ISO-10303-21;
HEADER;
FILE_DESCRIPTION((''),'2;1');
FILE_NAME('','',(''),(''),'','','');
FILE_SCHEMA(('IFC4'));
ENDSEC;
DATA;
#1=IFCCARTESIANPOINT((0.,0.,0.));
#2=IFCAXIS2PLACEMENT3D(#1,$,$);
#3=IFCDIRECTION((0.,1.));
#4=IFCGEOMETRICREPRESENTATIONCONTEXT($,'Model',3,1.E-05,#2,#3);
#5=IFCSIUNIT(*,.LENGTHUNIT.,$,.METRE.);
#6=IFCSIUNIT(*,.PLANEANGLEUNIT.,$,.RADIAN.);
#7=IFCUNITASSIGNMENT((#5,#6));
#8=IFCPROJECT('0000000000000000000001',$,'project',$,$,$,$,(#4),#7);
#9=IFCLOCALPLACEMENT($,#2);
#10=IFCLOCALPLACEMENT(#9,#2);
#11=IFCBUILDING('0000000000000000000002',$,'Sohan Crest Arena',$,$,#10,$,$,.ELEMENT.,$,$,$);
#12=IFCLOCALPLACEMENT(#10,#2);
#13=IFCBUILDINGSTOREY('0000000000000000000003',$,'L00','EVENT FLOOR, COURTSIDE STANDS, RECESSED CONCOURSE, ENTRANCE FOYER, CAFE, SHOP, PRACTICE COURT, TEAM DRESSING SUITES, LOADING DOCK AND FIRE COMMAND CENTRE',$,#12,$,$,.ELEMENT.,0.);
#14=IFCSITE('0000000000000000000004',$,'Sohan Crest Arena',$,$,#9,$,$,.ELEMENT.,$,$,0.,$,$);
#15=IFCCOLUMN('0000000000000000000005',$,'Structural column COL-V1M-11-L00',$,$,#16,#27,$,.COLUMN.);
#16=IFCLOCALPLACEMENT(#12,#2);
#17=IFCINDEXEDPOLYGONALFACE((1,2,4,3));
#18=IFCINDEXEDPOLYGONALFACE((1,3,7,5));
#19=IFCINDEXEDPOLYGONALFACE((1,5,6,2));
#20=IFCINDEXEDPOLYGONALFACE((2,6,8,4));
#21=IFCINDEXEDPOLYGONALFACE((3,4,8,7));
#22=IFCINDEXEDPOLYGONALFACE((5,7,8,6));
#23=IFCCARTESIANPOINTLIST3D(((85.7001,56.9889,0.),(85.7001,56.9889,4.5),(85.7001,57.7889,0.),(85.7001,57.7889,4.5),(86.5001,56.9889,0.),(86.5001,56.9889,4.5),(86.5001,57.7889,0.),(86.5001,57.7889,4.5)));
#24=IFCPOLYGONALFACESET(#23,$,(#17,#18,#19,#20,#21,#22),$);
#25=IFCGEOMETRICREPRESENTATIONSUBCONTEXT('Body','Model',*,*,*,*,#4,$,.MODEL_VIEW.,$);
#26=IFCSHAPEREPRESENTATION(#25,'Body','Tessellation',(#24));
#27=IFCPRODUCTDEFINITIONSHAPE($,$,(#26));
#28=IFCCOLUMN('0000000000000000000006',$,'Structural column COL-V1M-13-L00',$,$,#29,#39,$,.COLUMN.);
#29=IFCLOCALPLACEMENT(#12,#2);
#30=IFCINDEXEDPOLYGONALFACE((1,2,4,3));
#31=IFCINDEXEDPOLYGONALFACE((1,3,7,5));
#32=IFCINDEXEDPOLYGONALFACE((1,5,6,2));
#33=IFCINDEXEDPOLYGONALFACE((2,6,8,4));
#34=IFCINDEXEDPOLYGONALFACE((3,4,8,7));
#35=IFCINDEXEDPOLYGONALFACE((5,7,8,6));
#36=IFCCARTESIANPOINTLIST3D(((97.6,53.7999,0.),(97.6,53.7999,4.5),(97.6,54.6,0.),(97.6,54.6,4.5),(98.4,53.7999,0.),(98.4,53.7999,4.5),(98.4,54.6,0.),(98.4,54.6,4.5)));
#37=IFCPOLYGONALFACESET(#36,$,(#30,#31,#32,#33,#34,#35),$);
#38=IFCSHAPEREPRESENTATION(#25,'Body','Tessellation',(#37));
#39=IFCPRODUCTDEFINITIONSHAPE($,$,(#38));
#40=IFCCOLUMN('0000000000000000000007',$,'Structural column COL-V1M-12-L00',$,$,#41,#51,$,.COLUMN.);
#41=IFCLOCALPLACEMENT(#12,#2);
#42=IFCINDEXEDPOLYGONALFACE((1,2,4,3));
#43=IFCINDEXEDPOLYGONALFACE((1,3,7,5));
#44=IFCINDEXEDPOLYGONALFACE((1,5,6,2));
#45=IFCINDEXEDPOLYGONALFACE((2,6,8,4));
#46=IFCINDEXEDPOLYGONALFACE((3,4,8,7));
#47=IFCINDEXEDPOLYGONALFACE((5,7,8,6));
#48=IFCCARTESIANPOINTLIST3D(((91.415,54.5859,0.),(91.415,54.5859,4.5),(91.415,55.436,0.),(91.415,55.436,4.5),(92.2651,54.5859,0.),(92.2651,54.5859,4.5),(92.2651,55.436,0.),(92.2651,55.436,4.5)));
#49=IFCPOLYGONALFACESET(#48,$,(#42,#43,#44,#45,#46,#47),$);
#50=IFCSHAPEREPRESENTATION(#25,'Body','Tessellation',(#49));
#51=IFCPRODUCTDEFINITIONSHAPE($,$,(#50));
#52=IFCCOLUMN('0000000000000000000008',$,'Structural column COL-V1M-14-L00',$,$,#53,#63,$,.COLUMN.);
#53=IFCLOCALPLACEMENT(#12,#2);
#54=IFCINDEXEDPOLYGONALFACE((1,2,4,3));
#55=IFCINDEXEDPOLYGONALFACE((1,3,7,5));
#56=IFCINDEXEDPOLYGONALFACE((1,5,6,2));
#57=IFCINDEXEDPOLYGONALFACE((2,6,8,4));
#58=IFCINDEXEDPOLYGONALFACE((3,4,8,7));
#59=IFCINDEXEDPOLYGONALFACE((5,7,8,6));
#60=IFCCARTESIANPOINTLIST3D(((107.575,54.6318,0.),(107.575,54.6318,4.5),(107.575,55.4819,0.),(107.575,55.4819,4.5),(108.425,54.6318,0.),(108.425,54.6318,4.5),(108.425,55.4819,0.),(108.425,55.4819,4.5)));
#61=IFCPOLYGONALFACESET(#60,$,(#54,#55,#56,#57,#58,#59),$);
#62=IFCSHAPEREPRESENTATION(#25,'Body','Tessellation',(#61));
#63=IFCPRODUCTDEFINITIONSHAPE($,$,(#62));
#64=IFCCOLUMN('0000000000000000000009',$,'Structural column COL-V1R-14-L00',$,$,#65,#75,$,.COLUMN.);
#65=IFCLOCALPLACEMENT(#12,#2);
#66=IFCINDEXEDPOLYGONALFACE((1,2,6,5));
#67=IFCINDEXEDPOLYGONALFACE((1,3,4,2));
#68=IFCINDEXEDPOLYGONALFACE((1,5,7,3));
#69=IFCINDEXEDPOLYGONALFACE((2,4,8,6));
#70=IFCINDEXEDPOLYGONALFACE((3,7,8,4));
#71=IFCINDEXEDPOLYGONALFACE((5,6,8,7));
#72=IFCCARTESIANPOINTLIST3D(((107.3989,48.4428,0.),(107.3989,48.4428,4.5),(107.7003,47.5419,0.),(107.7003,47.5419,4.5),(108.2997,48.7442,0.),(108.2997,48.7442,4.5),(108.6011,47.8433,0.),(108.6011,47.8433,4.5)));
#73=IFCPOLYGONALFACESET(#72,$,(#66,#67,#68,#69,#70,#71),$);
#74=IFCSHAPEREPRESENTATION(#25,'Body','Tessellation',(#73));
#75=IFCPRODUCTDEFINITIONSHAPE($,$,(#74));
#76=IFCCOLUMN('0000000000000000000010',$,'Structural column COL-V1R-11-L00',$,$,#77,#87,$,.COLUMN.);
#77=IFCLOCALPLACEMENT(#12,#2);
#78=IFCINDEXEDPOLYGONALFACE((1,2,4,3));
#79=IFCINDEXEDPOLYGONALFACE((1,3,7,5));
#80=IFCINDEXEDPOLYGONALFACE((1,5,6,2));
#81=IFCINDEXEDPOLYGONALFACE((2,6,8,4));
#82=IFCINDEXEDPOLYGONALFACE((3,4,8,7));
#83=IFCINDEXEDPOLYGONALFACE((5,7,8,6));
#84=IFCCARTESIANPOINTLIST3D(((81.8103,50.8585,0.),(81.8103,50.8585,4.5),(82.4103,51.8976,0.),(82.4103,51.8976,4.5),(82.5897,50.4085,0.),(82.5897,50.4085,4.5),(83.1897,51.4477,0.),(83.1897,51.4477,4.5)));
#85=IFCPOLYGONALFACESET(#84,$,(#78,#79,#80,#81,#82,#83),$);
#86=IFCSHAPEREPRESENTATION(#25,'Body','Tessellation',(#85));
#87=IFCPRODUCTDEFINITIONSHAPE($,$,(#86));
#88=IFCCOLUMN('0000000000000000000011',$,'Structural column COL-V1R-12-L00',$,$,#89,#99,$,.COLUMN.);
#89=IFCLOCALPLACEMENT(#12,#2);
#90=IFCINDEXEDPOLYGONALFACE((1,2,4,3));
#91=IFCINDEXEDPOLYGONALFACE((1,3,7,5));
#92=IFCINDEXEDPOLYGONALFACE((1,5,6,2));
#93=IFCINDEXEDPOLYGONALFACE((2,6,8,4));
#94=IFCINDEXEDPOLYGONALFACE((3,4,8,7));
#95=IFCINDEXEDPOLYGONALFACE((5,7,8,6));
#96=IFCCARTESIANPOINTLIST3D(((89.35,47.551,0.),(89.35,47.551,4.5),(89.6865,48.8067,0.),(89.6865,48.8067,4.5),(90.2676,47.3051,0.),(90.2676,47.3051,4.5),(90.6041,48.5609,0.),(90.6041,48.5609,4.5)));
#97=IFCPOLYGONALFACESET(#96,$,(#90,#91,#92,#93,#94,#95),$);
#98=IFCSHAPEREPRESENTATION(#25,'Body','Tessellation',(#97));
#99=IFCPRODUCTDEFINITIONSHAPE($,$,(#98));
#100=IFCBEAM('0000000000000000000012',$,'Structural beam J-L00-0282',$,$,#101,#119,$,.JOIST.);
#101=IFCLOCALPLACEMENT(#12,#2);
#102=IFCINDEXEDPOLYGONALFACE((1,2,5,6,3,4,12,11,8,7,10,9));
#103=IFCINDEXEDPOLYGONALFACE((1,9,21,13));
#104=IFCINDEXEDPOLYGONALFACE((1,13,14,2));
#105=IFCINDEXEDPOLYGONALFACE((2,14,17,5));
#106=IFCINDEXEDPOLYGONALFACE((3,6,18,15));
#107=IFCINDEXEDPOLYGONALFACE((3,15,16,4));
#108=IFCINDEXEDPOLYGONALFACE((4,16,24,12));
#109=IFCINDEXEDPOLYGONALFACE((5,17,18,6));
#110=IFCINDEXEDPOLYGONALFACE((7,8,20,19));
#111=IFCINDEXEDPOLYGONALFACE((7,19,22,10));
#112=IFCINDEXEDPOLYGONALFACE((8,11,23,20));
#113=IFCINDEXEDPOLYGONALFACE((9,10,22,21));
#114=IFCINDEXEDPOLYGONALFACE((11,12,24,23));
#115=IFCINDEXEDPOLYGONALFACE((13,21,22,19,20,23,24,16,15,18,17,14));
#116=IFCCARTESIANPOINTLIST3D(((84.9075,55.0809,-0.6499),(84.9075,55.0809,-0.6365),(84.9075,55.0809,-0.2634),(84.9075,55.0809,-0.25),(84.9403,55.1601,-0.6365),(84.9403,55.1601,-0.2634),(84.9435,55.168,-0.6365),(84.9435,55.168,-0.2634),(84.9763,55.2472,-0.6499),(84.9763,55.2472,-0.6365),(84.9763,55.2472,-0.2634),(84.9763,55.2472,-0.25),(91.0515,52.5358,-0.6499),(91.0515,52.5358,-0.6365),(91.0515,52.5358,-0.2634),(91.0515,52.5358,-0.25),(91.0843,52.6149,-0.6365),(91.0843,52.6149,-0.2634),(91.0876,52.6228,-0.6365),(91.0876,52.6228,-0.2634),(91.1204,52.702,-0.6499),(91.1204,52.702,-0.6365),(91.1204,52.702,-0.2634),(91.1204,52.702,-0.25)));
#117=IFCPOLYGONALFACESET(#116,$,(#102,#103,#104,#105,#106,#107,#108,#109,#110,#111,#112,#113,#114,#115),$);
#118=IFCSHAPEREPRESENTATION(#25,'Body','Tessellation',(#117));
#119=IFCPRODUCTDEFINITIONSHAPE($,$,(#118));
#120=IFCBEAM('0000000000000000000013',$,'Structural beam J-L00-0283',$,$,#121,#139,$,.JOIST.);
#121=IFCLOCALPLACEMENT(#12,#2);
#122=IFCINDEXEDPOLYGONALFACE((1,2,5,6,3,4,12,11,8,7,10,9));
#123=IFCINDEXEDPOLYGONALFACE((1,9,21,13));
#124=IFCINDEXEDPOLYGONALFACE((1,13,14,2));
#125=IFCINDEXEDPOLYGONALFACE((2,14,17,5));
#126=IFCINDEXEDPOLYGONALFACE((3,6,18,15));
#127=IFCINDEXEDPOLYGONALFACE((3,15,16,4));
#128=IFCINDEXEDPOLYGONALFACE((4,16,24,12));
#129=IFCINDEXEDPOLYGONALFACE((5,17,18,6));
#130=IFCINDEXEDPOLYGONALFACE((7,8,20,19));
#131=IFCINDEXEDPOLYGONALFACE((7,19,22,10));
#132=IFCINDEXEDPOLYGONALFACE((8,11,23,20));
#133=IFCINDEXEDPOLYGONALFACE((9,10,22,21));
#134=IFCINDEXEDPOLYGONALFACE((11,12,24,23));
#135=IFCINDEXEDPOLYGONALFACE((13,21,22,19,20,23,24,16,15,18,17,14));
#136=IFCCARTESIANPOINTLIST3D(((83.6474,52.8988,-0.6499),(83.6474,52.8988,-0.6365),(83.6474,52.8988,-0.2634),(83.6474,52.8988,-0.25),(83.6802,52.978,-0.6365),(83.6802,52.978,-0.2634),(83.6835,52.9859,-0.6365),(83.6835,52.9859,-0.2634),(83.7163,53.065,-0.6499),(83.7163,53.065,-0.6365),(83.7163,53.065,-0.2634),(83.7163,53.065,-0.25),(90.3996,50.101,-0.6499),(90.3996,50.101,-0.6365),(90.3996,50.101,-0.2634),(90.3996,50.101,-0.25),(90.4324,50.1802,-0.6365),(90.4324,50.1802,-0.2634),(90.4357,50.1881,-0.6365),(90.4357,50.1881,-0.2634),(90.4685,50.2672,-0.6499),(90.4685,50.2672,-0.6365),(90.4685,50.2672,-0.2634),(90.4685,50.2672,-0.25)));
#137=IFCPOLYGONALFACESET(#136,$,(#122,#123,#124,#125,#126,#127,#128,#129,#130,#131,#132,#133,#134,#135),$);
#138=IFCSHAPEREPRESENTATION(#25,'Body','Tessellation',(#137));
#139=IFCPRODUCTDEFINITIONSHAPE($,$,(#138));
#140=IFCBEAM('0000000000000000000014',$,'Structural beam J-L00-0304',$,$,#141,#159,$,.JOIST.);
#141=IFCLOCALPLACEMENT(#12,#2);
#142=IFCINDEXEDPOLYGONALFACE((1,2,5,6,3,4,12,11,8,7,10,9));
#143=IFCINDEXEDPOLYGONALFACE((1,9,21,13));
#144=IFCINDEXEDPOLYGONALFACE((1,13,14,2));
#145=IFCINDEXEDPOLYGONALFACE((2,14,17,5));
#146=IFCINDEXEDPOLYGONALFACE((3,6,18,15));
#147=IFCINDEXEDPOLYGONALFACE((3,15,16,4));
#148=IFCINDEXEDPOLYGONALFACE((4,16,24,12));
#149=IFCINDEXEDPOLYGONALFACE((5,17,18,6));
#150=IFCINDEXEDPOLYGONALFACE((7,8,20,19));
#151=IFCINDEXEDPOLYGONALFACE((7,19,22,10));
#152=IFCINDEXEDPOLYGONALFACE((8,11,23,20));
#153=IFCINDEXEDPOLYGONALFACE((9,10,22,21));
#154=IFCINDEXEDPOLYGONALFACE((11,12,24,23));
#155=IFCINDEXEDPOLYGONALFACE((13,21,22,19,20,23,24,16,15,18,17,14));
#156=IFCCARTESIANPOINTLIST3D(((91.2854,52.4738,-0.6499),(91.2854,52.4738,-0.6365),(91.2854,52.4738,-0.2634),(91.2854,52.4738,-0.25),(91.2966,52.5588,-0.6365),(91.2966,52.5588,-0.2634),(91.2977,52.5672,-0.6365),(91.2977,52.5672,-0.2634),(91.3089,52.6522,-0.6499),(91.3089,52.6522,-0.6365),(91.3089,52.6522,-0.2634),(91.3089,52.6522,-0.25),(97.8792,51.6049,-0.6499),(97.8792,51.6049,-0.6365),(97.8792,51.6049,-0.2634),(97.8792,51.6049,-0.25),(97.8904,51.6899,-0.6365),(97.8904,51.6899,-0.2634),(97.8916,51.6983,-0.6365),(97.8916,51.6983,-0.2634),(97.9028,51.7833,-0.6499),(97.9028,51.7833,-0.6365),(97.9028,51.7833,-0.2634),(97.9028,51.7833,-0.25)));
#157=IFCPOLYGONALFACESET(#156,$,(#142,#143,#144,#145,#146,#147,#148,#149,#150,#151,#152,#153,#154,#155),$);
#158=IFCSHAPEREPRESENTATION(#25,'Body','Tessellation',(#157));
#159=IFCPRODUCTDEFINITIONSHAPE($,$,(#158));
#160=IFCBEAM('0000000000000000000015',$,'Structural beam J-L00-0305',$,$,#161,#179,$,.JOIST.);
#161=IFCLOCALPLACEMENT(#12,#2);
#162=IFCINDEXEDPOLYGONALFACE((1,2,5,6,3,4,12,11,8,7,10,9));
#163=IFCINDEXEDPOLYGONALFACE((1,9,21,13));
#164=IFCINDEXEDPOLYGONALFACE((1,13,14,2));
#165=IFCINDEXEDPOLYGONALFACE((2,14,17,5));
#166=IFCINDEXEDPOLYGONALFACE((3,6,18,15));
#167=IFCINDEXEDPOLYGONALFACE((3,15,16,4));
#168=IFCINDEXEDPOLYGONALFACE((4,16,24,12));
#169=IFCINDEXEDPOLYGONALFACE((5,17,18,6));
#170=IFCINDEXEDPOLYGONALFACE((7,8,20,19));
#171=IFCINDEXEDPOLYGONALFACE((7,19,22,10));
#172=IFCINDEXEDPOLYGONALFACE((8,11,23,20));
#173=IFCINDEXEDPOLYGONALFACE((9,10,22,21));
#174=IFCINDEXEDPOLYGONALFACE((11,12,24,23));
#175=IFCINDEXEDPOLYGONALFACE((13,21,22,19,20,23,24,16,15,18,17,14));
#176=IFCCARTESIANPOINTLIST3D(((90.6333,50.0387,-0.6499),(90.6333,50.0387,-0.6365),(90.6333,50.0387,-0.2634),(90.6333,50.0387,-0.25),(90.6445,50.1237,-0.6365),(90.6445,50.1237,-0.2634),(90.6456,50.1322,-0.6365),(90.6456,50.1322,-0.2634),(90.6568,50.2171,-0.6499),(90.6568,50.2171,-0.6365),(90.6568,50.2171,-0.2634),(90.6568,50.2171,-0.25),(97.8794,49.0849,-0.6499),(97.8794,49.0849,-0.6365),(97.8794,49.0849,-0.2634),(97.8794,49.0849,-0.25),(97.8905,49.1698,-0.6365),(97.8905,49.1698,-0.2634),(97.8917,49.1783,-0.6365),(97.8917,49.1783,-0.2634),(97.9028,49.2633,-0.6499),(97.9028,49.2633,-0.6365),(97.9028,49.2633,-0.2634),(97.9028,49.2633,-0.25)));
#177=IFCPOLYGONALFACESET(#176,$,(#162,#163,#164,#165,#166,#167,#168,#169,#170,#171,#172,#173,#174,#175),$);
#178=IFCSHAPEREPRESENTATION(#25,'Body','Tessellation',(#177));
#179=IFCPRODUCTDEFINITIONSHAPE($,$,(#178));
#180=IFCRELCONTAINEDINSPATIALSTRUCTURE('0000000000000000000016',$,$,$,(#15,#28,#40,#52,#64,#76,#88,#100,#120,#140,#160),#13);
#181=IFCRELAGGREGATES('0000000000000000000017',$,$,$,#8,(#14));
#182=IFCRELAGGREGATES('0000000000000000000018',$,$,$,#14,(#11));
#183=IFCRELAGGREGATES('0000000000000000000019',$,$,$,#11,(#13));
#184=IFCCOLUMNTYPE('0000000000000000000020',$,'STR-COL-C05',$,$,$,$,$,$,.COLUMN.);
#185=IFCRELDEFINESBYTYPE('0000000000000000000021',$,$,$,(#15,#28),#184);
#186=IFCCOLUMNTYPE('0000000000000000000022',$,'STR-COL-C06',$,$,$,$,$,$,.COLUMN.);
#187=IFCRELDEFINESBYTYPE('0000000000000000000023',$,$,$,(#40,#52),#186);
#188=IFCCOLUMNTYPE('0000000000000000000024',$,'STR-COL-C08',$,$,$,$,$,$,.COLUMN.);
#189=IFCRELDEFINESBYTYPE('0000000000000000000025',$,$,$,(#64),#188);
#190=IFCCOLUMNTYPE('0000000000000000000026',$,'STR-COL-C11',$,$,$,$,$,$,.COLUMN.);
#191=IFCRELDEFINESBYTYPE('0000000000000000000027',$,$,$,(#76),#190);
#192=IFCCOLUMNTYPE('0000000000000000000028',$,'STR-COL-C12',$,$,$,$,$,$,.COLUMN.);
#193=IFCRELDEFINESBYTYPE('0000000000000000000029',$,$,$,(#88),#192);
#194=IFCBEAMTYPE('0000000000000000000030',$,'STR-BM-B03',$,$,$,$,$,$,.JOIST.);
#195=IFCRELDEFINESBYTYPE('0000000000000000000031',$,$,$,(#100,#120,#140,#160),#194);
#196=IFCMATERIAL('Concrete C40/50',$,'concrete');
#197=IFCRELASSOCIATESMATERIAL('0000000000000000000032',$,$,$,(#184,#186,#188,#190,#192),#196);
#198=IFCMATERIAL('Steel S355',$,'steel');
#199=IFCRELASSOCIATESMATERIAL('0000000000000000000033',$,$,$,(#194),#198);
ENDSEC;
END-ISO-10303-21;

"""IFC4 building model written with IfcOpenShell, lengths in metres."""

from ifc_helpers import new_model, si_unit, direction, frame, origin, origin_2d, place, context, subcontext, project, spatial, rectangle, i_section, extrude, material, material_profile, profile_set, type_object, element, save


model = new_model("IFC4")

# Units and contexts
model_context = context("Model", 3, precision=1e-05, world=origin(), true_north=direction((0.0, 1.0)))
body_context = subcontext(model_context, "Body", "Model", "MODEL_VIEW")
ifc_project = project(units=[si_unit("LENGTHUNIT", "METRE"), si_unit("PLANEANGLEUNIT", "RADIAN")], contexts=[model_context])

# Site, building, storey
site_placement = place(None, origin())
site = spatial("IfcSite", under=ifc_project, at=site_placement, Name="Sohan Crest Arena", CompositionType="ELEMENT", RefElevation=0.0)
building_placement = place(site_placement, origin())
building = spatial("IfcBuilding", under=site, at=building_placement, Name="Sohan Crest Arena", CompositionType="ELEMENT")
storey_placement = place(building_placement, origin())
storey = spatial("IfcBuildingStorey", under=building, at=storey_placement, Name="L00", Description="EVENT FLOOR, COURTSIDE STANDS, RECESSED CONCOURSE, ENTRANCE FOYER, CAFE, SHOP, PRACTICE COURT, TEAM DRESSING SUITES, LOADING DOCK AND FIRE COMMAND CENTRE", CompositionType="ELEMENT", Elevation=0.0)

# Columns
ifc_material_1 = material(Name="Concrete C40/50", Category="concrete")
ifc_material_profile_1 = material_profile(ifc_material_1, rectangle(XDim=0.8, YDim=0.8, at=origin_2d()), Name="RC 800x800")
ifc_profile_set_1 = profile_set([ifc_material_profile_1], Name="Concrete C40/50")
column_type_1 = type_object("IfcColumnType", Name="STR-COL-C05", PredefinedType="COLUMN", material=ifc_profile_set_1)
for number, where, z_axis, x_axis, name in (
    (1, (86.1001, 57.3889, 0.0), (0.0, 0.0, 1.0), (1.0, 0.0, 0.0), "Structural column COL-V1M-11-L00"),
    (2, (98.0, 54.2, 0.0), (0.0, 0.0, 1.0), (1.0, 0.0, 0.0), "Structural column COL-V1M-13-L00"),
):
    element("IfcColumn", number, at=place(storey_placement, frame(where, z_axis=z_axis, x_axis=x_axis)), inside=storey, type_object=column_type_1, Name=name, PredefinedType="COLUMN", context=body_context, shape_type="SweptSolid", body=[
        extrude(rectangle(XDim=0.8, YDim=0.8, at=origin_2d()), origin(), (0.0, 0.0, 1.0), 4.5),
    ])
ifc_material_profile_2 = material_profile(ifc_material_1, rectangle(XDim=0.8501, YDim=0.8501, at=origin_2d()), Name="RC 850x850")
ifc_profile_set_2 = profile_set([ifc_material_profile_2], Name="Concrete C40/50")
column_type_2 = type_object("IfcColumnType", Name="STR-COL-C06", PredefinedType="COLUMN", material=ifc_profile_set_2)
for number, where, z_axis, x_axis, name in (
    (3, (91.8401, 55.011, 0.0), (0.0, 0.0, 1.0), (1.0, 0.0, 0.0), "Structural column COL-V1M-12-L00"),
    (4, (108.0, 55.0569, 0.0), (0.0, 0.0, 1.0), (1.0, 0.0, 0.0), "Structural column COL-V1M-14-L00"),
):
    element("IfcColumn", number, at=place(storey_placement, frame(where, z_axis=z_axis, x_axis=x_axis)), inside=storey, type_object=column_type_2, Name=name, PredefinedType="COLUMN", context=body_context, shape_type="SweptSolid", body=[
        extrude(rectangle(XDim=0.8501, YDim=0.8501, at=origin_2d()), origin(), (0.0, 0.0, 1.0), 4.5),
    ])
ifc_material_profile_3 = material_profile(ifc_material_1, rectangle(XDim=0.95, YDim=0.95, at=origin_2d()), Name="RC 950x950")
ifc_profile_set_3 = profile_set([ifc_material_profile_3], Name="Concrete C40/50")
column_type_3 = type_object("IfcColumnType", Name="STR-COL-C08", PredefinedType="COLUMN", material=ifc_profile_set_3)
column_1_placement = place(storey_placement, frame((108.0, 48.1431, 0.0), z_axis=(0.0, 0.0, 1.0), x_axis=(-0.317305, 0.948324, 0.0)))
element("IfcColumn", 5, at=column_1_placement, inside=storey, type_object=column_type_3, Name="Structural column COL-V1R-14-L00", PredefinedType="COLUMN", context=body_context, shape_type="SweptSolid", body=[
    extrude(rectangle(XDim=0.95, YDim=0.95, at=origin_2d()), origin(), (0.0, 0.0, 1.0), 4.5),
])
ifc_material_profile_4 = material_profile(ifc_material_1, rectangle(XDim=1.2, YDim=0.8999, at=origin_2d()), Name="RC 1200x900")
ifc_profile_set_4 = profile_set([ifc_material_profile_4], Name="Concrete C40/50")
column_type_4 = type_object("IfcColumnType", Name="STR-COL-C11", PredefinedType="COLUMN", material=ifc_profile_set_4)
column_2_placement = place(storey_placement, frame((82.5, 51.1531, 0.0), z_axis=(0.0, 0.0, 1.0), x_axis=(0.5, 0.866025, 0.0)))
element("IfcColumn", 6, at=column_2_placement, inside=storey, type_object=column_type_4, Name="Structural column COL-V1R-11-L00", PredefinedType="COLUMN", context=body_context, shape_type="SweptSolid", body=[
    extrude(rectangle(XDim=1.2, YDim=0.8999, at=origin_2d()), origin(), (0.0, 0.0, 1.0), 4.5),
])
ifc_material_profile_5 = material_profile(ifc_material_1, rectangle(XDim=1.3, YDim=0.95, at=origin_2d()), Name="RC 1300x950")
ifc_profile_set_5 = profile_set([ifc_material_profile_5], Name="Concrete C40/50")
column_type_5 = type_object("IfcColumnType", Name="STR-COL-C12", PredefinedType="COLUMN", material=ifc_profile_set_5)
column_3_placement = place(storey_placement, frame((89.9771, 48.0559, 0.0), z_axis=(0.0, 0.0, 1.0), x_axis=(0.258819, 0.965926, 0.0)))
element("IfcColumn", 7, at=column_3_placement, inside=storey, type_object=column_type_5, Name="Structural column COL-V1R-12-L00", PredefinedType="COLUMN", context=body_context, shape_type="SweptSolid", body=[
    extrude(rectangle(XDim=1.3, YDim=0.95, at=origin_2d()), origin(), (0.0, 0.0, 1.0), 4.5),
])

# Beams
ifc_material_2 = material(Name="Steel S355", Category="steel")
ifc_material_profile_6 = material_profile(ifc_material_2, i_section(OverallWidth=0.1799, OverallDepth=0.3999, WebThickness=0.0085, FlangeThickness=0.0134, at=origin_2d()), Name="IPE 400")
ifc_profile_set_6 = profile_set([ifc_material_profile_6], Name="Steel S355")
beam_type_1 = type_object("IfcBeamType", Name="STR-BM-B03", PredefinedType="JOIST", material=ifc_profile_set_6)
beam_1_placement = place(storey_placement, frame((84.9419, 55.1641, -0.45), z_axis=(0.923868, -0.382712, 0.0), x_axis=(0.382712, 0.923868, 0.0)))
element("IfcBeam", 8, at=beam_1_placement, inside=storey, type_object=beam_type_1, Name="Structural beam J-L00-0282", PredefinedType="JOIST", context=body_context, shape_type="SweptSolid", body=[
    extrude(i_section(OverallWidth=0.1799, OverallDepth=0.3999, WebThickness=0.0085, FlangeThickness=0.0134, at=origin_2d()), origin(), (0.0, 0.0, 1.0), 6.6504),
])
beam_2_placement = place(storey_placement, frame((83.6819, 52.9819, -0.45), z_axis=(0.923831, -0.3828, 0.0), x_axis=(0.3828, 0.923831, 0.0)))
element("IfcBeam", 9, at=beam_2_placement, inside=storey, type_object=beam_type_1, Name="Structural beam J-L00-0283", PredefinedType="JOIST", context=body_context, shape_type="SweptSolid", body=[
    extrude(i_section(OverallWidth=0.1799, OverallDepth=0.3999, WebThickness=0.0085, FlangeThickness=0.0134, at=origin_2d()), origin(), (0.0, 0.0, 1.0), 7.3088),
])
beam_3_placement = place(storey_placement, frame((91.2971, 52.563, -0.45), z_axis=(0.99143, -0.130642, 0.0), x_axis=(0.130642, 0.99143, 0.0)))
element("IfcBeam", 10, at=beam_3_placement, inside=storey, type_object=beam_type_1, Name="Structural beam J-L00-0304", PredefinedType="JOIST", context=body_context, shape_type="SweptSolid", body=[
    extrude(i_section(OverallWidth=0.1799, OverallDepth=0.3999, WebThickness=0.0085, FlangeThickness=0.0134, at=origin_2d()), origin(), (0.0, 0.0, 1.0), 6.6509),
])
beam_4_placement = place(storey_placement, frame((90.645, 50.1279, -0.45), z_axis=(0.991447, -0.130512, 0.0), x_axis=(0.130512, 0.991447, 0.0)))
element("IfcBeam", 11, at=beam_4_placement, inside=storey, type_object=beam_type_1, Name="Structural beam J-L00-0305", PredefinedType="JOIST", context=body_context, shape_type="SweptSolid", body=[
    extrude(i_section(OverallWidth=0.1799, OverallDepth=0.3999, WebThickness=0.0085, FlangeThickness=0.0134, at=origin_2d()), origin(), (0.0, 0.0, 1.0), 7.3086),
])

save(model, "model.ifc")
